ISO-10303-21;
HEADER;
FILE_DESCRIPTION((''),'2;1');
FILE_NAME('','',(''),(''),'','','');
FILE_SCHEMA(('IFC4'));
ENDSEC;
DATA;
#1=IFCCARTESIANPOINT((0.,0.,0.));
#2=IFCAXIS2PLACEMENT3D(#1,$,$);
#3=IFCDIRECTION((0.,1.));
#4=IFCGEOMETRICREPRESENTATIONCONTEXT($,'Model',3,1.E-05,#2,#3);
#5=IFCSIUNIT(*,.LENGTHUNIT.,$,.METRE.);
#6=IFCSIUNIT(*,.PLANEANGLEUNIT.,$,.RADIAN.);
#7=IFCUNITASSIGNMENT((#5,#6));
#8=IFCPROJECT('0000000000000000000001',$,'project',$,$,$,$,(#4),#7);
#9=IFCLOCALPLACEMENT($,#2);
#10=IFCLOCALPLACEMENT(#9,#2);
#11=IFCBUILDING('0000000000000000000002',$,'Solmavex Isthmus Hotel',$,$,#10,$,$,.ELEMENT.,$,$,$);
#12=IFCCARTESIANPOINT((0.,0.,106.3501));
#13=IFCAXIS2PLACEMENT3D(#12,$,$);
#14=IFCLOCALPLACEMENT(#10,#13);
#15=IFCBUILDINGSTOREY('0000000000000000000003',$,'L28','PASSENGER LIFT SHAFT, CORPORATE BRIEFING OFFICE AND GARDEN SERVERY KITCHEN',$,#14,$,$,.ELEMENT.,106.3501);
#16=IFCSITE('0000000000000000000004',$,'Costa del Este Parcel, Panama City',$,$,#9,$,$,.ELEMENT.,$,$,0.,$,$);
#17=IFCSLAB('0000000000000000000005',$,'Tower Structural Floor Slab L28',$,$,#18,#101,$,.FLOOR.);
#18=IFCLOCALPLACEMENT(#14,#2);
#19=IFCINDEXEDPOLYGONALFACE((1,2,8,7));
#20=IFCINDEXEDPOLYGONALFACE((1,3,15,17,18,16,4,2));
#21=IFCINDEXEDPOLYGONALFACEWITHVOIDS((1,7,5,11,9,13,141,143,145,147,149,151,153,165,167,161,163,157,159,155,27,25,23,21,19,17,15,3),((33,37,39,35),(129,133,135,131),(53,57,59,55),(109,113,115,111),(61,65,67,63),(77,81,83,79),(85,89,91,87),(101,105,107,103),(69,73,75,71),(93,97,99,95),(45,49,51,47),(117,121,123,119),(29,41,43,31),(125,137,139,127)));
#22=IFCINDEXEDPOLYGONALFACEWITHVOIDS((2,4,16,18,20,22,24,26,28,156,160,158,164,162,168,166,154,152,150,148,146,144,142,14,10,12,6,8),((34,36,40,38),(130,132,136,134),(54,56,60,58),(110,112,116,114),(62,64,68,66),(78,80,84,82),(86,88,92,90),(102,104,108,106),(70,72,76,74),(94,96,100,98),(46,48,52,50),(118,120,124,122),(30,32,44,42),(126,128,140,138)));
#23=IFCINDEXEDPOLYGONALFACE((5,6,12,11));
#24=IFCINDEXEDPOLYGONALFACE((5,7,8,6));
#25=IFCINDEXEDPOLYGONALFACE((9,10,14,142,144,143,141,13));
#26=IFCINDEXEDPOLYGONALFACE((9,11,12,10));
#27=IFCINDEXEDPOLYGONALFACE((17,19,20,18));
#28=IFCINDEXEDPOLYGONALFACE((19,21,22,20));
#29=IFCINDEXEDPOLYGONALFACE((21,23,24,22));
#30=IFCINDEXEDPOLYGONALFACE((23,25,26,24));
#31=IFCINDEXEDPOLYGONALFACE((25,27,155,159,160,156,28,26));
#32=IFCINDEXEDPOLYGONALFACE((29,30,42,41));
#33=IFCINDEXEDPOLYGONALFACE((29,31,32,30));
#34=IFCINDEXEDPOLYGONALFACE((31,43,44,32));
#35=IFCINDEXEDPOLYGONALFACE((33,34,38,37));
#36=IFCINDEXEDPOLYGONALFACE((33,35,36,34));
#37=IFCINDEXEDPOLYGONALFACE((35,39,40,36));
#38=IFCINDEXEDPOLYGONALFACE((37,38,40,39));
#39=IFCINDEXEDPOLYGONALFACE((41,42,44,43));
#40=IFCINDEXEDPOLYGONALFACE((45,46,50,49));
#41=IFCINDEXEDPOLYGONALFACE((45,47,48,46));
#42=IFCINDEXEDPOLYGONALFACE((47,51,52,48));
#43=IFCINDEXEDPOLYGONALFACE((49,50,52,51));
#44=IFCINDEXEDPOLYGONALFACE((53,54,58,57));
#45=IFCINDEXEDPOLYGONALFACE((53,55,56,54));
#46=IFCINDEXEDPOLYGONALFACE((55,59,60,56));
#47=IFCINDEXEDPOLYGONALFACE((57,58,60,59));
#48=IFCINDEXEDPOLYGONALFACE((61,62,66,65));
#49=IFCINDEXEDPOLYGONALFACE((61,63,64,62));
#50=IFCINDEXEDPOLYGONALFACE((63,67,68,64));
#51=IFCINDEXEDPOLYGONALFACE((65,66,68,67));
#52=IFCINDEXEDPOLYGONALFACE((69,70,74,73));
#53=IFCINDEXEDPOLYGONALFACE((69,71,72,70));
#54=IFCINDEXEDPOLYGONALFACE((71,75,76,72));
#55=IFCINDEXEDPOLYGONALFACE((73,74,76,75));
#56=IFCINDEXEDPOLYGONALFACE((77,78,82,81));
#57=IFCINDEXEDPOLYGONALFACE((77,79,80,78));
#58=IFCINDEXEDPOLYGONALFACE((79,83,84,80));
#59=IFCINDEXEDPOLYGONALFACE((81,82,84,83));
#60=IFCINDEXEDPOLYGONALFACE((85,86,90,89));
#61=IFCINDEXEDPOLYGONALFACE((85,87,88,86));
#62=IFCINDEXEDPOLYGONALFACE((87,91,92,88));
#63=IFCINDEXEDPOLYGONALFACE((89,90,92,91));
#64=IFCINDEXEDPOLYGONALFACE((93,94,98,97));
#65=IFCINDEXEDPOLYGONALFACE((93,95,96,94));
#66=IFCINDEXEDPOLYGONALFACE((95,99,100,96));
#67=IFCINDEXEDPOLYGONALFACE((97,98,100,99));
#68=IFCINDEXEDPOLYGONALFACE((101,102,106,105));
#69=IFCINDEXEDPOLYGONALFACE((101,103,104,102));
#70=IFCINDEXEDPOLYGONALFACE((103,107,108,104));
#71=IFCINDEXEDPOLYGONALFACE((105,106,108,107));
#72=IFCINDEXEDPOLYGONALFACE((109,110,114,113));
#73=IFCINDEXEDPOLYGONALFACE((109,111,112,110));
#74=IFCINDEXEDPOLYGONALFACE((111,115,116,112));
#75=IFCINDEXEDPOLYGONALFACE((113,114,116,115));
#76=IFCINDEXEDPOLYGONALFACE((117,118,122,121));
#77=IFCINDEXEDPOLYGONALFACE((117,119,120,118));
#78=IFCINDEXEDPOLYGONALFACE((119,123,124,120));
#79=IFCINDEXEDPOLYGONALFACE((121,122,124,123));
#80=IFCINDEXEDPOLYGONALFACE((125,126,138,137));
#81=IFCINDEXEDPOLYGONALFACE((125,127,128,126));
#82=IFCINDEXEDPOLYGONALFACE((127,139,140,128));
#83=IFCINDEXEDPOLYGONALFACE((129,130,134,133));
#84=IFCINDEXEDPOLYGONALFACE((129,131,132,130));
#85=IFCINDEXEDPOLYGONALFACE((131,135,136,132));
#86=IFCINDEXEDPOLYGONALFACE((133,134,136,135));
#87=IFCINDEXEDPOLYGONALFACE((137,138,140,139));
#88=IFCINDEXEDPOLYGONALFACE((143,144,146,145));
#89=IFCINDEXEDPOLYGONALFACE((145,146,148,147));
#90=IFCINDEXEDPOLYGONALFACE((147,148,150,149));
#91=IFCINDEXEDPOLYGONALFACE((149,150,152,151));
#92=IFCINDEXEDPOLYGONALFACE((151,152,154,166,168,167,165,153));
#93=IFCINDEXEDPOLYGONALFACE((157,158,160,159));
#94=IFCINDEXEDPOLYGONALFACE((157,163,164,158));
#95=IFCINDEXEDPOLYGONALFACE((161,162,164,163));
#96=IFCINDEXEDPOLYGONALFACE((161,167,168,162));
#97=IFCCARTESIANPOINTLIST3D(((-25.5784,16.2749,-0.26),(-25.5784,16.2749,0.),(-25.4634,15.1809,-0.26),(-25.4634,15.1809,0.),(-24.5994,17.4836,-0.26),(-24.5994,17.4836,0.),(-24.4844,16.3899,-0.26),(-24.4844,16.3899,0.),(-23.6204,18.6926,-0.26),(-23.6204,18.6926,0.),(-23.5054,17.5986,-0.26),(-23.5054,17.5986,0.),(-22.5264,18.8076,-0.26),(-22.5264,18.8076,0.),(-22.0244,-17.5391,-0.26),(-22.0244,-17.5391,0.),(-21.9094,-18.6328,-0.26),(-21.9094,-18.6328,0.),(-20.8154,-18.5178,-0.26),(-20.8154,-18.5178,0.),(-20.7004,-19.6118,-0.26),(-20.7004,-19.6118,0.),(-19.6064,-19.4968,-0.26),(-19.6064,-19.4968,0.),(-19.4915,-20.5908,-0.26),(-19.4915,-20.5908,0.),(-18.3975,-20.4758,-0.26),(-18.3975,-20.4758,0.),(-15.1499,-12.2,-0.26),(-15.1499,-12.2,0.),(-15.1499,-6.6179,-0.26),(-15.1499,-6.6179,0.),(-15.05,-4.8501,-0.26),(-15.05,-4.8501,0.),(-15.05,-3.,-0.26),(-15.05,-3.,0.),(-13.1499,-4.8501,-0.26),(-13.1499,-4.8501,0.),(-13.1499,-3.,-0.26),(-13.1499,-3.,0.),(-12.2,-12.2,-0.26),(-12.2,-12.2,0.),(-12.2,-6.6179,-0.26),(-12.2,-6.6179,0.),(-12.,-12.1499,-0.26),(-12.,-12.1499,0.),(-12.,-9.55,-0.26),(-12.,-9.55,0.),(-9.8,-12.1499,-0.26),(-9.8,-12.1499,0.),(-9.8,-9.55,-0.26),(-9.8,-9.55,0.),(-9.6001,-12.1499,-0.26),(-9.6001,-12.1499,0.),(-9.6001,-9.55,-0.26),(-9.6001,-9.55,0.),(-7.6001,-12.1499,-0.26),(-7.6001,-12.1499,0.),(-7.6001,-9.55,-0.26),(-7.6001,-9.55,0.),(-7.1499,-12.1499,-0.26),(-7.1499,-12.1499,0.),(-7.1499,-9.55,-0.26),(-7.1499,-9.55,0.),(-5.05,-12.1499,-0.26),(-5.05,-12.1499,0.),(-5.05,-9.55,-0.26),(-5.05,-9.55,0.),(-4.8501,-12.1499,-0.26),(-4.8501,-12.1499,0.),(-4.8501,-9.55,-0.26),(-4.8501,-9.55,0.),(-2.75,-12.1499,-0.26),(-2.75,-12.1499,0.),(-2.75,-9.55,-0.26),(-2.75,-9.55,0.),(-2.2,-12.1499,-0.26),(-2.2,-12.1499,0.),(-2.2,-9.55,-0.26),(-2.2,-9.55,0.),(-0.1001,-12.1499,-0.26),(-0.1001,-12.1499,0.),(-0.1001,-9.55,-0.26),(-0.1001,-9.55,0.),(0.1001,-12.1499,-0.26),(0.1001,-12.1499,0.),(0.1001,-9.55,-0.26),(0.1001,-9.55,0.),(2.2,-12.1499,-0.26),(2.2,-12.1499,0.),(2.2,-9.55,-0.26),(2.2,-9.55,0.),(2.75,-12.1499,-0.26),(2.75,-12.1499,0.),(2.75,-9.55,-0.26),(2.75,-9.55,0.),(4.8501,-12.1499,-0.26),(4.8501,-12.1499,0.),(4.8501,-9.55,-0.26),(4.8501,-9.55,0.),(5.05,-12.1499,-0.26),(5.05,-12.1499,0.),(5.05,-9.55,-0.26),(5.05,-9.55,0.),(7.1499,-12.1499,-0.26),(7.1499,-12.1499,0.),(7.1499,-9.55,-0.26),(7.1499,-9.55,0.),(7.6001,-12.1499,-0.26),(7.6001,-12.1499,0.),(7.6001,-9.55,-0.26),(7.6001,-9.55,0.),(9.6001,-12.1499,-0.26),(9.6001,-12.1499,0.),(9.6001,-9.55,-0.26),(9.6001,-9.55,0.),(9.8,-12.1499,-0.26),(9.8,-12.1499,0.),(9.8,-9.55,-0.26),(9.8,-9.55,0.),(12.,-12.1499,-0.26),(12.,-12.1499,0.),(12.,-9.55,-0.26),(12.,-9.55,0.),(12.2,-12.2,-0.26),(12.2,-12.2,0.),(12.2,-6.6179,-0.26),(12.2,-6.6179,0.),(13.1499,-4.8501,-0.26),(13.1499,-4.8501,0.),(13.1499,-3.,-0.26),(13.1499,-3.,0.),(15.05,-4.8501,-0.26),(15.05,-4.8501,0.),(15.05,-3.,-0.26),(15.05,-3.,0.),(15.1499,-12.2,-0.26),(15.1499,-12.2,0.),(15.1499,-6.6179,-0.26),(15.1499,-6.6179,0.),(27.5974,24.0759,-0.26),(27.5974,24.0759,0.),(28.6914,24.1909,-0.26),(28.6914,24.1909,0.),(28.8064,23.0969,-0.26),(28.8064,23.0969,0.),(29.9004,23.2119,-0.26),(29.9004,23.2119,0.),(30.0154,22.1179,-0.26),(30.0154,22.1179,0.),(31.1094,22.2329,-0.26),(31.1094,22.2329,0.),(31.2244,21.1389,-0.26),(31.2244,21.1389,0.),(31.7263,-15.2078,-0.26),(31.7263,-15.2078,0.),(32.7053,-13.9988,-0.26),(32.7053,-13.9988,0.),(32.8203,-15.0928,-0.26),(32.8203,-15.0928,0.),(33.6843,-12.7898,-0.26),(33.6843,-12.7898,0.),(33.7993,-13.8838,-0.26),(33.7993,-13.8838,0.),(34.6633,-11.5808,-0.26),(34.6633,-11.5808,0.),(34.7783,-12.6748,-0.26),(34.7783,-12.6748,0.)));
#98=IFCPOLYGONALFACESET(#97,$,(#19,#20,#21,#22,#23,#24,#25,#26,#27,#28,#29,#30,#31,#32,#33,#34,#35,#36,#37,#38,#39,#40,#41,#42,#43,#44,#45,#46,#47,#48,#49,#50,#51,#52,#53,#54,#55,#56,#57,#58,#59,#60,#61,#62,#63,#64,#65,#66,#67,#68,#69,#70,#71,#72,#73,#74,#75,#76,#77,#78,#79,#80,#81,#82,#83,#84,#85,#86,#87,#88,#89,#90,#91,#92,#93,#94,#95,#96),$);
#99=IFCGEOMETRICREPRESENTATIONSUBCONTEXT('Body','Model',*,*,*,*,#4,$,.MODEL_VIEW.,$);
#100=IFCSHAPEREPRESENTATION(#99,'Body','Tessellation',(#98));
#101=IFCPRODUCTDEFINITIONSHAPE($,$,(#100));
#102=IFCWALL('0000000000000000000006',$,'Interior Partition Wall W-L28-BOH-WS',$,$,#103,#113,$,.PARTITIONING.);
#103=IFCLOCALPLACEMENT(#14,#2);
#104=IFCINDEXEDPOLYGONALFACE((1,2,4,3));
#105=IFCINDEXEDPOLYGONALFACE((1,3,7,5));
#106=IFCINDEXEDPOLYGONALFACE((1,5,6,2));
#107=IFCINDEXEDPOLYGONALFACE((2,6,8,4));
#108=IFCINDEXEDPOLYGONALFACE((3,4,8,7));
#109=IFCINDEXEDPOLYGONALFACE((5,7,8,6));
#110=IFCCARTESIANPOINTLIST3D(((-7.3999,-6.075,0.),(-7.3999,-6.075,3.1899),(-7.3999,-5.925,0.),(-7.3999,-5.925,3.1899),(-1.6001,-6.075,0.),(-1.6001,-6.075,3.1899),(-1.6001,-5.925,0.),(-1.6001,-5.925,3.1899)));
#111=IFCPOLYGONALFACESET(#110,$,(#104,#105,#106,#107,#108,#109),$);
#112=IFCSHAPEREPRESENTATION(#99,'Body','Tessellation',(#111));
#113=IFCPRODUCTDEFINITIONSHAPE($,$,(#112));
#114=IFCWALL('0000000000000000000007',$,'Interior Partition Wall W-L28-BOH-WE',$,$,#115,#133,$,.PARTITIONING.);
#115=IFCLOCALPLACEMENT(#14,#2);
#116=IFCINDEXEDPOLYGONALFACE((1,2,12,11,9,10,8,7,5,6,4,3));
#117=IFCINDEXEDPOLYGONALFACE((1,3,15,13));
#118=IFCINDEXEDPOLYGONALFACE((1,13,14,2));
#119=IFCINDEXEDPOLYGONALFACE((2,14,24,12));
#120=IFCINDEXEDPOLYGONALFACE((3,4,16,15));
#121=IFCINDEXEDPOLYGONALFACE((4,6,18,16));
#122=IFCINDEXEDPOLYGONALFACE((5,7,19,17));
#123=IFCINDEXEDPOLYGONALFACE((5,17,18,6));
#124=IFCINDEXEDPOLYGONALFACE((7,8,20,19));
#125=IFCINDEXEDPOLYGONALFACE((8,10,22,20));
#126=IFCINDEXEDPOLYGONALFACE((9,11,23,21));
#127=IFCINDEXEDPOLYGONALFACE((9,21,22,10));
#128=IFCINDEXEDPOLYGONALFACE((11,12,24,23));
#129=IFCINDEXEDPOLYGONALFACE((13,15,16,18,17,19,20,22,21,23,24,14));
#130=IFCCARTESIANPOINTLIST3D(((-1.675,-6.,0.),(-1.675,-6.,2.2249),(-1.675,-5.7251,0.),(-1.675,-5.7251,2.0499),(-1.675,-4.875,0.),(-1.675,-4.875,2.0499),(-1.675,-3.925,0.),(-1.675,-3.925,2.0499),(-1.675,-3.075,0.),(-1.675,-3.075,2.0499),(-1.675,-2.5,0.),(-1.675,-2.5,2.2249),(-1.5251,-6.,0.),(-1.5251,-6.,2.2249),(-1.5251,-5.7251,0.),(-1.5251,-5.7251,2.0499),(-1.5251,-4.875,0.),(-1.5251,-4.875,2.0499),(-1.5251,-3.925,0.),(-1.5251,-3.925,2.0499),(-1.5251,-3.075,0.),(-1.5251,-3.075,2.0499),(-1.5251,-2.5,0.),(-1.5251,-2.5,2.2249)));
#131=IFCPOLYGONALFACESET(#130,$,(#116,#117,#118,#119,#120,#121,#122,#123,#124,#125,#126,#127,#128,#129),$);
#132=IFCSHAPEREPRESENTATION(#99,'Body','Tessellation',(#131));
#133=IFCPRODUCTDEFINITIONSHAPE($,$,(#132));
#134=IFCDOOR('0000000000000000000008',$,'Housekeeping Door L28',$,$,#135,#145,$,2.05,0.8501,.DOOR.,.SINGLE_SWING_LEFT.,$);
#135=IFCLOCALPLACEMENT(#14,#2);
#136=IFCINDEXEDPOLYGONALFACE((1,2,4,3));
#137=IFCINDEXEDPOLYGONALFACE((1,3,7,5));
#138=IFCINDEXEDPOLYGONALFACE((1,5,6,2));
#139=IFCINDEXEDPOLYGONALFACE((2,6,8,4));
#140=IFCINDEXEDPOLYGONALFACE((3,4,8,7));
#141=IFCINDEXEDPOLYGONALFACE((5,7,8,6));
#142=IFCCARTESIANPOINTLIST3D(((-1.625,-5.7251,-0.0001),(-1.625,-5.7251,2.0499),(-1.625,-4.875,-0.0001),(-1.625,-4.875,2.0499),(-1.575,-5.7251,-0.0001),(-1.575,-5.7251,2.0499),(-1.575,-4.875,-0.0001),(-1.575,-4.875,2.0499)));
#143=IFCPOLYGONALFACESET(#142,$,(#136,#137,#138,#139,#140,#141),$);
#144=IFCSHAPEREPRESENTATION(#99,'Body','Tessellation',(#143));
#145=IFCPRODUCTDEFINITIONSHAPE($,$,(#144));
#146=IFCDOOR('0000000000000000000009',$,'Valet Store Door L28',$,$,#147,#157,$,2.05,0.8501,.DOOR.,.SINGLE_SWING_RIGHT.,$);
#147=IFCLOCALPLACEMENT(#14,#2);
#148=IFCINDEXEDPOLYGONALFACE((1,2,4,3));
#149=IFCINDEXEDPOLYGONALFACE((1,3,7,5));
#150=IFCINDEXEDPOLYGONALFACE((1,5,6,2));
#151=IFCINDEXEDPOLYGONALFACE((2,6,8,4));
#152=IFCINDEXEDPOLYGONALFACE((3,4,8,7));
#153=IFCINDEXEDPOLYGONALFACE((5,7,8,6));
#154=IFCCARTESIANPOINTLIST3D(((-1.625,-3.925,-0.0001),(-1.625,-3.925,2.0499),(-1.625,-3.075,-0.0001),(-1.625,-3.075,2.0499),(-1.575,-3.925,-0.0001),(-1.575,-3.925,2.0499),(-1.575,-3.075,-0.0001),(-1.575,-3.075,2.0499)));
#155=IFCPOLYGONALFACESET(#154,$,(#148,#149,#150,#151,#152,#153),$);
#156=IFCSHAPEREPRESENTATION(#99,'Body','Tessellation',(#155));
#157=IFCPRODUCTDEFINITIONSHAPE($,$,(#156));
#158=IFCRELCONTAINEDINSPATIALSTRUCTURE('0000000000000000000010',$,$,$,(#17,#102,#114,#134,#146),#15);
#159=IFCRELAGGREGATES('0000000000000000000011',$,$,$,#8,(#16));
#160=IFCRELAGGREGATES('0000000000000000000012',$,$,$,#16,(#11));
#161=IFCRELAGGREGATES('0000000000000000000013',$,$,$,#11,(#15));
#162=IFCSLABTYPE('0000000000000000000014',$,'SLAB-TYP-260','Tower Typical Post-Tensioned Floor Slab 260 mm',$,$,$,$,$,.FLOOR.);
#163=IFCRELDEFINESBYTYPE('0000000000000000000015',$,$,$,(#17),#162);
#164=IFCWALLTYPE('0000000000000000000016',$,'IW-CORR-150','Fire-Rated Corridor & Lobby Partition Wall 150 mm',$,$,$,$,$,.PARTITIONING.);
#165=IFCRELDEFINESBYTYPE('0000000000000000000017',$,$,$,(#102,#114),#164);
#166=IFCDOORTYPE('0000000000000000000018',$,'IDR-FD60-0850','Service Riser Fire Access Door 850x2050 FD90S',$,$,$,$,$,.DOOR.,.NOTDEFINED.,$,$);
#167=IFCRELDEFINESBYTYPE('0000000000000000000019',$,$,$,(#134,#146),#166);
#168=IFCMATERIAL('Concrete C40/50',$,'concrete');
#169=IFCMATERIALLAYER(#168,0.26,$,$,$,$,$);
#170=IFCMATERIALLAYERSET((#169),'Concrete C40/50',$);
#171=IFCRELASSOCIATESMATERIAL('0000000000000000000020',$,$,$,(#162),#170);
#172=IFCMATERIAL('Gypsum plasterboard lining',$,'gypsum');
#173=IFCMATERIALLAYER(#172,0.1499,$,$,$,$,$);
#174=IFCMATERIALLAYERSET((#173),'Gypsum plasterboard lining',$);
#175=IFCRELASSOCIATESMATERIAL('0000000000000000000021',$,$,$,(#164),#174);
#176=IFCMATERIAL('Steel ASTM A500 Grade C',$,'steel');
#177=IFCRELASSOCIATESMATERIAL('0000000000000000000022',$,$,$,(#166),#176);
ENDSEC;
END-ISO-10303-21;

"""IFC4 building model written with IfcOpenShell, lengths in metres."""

from ifc_helpers import new_model, si_unit, direction, frame, frame_2d, origin, place, context, subcontext, project, spatial, polyline, rectangle, outline, extrude, material, layer, layer_set, type_object, element, fill, save


model = new_model("IFC4")

# Units and contexts
model_context = context("Model", 3, precision=1e-05, world=origin(), true_north=direction((0.0, 1.0)))
body_context = subcontext(model_context, "Body", "Model", "MODEL_VIEW")
ifc_project = project(units=[si_unit("LENGTHUNIT", "METRE"), si_unit("PLANEANGLEUNIT", "RADIAN")], contexts=[model_context])

# Site, building, storey
site_placement = place(None, origin())
site = spatial("IfcSite", under=ifc_project, at=site_placement, Name="Costa del Este Parcel, Panama City", CompositionType="ELEMENT", RefElevation=0.0)
building_placement = place(site_placement, origin())
building = spatial("IfcBuilding", under=site, at=building_placement, Name="Solmavex Isthmus Hotel", CompositionType="ELEMENT")
storey_placement = place(building_placement, frame((0.0, 0.0, 106.3501)))
storey = spatial("IfcBuildingStorey", under=building, at=storey_placement, Name="L28", Description="PASSENGER LIFT SHAFT, CORPORATE BRIEFING OFFICE AND GARDEN SERVERY KITCHEN", CompositionType="ELEMENT", Elevation=106.3501)

# Slab
ifc_material_1 = material(Name="Concrete C40/50", Category="concrete")
ifc_layer_1 = layer(ifc_material_1, 0.26)
ifc_layer_set_1 = layer_set([ifc_layer_1], Name="Concrete C40/50")
slab_type_1 = type_object("IfcSlabType", Name="SLAB-TYP-260", Description="Tower Typical Post-Tensioned Floor Slab 260 mm", PredefinedType="FLOOR", material=ifc_layer_set_1)
slab_1_placement = place(storey_placement, frame((0.0, 0.0, -0.26)))
element("IfcSlab", 1, at=slab_1_placement, inside=storey, type_object=slab_type_1, Name="Tower Structural Floor Slab L28", PredefinedType="FLOOR", context=body_context, shape_type="SweptSolid", body=[
    extrude(outline(polyline([(-18.3975, -20.4758), (31.7263, -15.2078), (32.8203, -15.0928), (32.7053, -13.9988), (33.7993, -13.8838), (33.6843, -12.7898), (34.7783, -12.6748), (34.6633, -11.5808), (31.2244, 21.1389), (31.1094, 22.2329), (30.0154, 22.1179), (29.9004, 23.2119), (28.8064, 23.0969), (28.6914, 24.1909), (27.5974, 24.0759), (-22.5264, 18.8076), (-23.6204, 18.6926), (-23.5054, 17.5986), (-24.5994, 17.4836), (-24.4844, 16.3899), (-25.5784, 16.2749), (-25.4634, 15.1809), (-22.0244, -17.5391), (-21.9094, -18.6328), (-20.8154, -18.5178), (-20.7004, -19.6118), (-19.6064, -19.4968), (-19.4915, -20.5908), (-18.3975, -20.4758)]), holes=[polyline([(-15.1499, -6.6179), (-15.1499, -12.2), (-12.2, -12.2), (-12.2, -6.6179), (-15.1499, -6.6179)]), polyline([(12.2, -6.6179), (12.2, -12.2), (15.1499, -12.2), (15.1499, -6.6179), (12.2, -6.6179)]), polyline([(-12.0, -12.1499), (-9.8, -12.1499), (-9.8, -9.55), (-12.0, -9.55), (-12.0, -12.1499)]), polyline([(9.8, -12.1499), (12.0, -12.1499), (12.0, -9.55), (9.8, -9.55), (9.8, -12.1499)]), polyline([(-9.6001, -12.1499), (-7.6001, -12.1499), (-7.6001, -9.55), (-9.6001, -9.55), (-9.6001, -12.1499)]), polyline([(7.6001, -12.1499), (9.6001, -12.1499), (9.6001, -9.55), (7.6001, -9.55), (7.6001, -12.1499)]), polyline([(-7.1499, -12.1499), (-5.05, -12.1499), (-5.05, -9.55), (-7.1499, -9.55), (-7.1499, -12.1499)]), polyline([(-4.8501, -12.1499), (-2.75, -12.1499), (-2.75, -9.55), (-4.8501, -9.55), (-4.8501, -12.1499)]), polyline([(-2.2, -12.1499), (-0.1001, -12.1499), (-0.1001, -9.55), (-2.2, -9.55), (-2.2, -12.1499)]), polyline([(0.1001, -12.1499), (2.2, -12.1499), (2.2, -9.55), (0.1001, -9.55), (0.1001, -12.1499)]), polyline([(2.75, -12.1499), (4.8501, -12.1499), (4.8501, -9.55), (2.75, -9.55), (2.75, -12.1499)]), polyline([(5.05, -12.1499), (7.1499, -12.1499), (7.1499, -9.55), (5.05, -9.55), (5.05, -12.1499)]), polyline([(-15.05, -4.8501), (-13.1499, -4.8501), (-13.1499, -3.0), (-15.05, -3.0), (-15.05, -4.8501)]), polyline([(13.1499, -4.8501), (15.05, -4.8501), (15.05, -3.0), (13.1499, -3.0), (13.1499, -4.8501)])]), origin(), (0.0, 0.0, 1.0), 0.26),
])

# Wall
ifc_material_2 = material(Name="Gypsum plasterboard lining", Category="gypsum")
ifc_layer_2 = layer(ifc_material_2, 0.1499)
ifc_layer_set_2 = layer_set([ifc_layer_2], Name="Gypsum plasterboard lining")
wall_type_1 = type_object("IfcWallType", Name="IW-CORR-150", Description="Fire-Rated Corridor & Lobby Partition Wall 150 mm", PredefinedType="PARTITIONING", material=ifc_layer_set_2)
wall_1_placement = place(storey_placement, frame((-7.3999, -6.0, 0.0), z_axis=(0.0, 0.0, 1.0), x_axis=(1.0, 0.0, 0.0)))
element("IfcWall", 2, at=wall_1_placement, inside=storey, type_object=wall_type_1, Name="Interior Partition Wall W-L28-BOH-WS", PredefinedType="PARTITIONING", context=body_context, shape_type="SweptSolid", body=[
    extrude(rectangle(XDim=5.7998, YDim=0.1499, at=frame_2d((2.8999, 0.0))), origin(), (0.0, 0.0, 1.0), 3.1899),
])

# Wall, openings, doors
wall_2_placement = place(storey_placement, frame((-1.6001, -6.0, 0.0), z_axis=(0.0, 0.0, 1.0), x_axis=(0.0, 1.0, 0.0)))
wall_2 = element("IfcWall", 3, at=wall_2_placement, inside=storey, type_object=wall_type_1, Name="Interior Partition Wall W-L28-BOH-WE", PredefinedType="PARTITIONING", context=body_context, shape_type="SweptSolid", body=[
    extrude(rectangle(XDim=3.5, YDim=0.1499, at=frame_2d((1.75, 0.0))), origin(), (0.0, 0.0, 1.0), 2.2249),
])
opening_1_placement = place(wall_2_placement, frame((0.2749, 0.0, 0.0)))
opening_1 = element("IfcOpeningElement", 4, at=opening_1_placement, cuts=wall_2, PredefinedType="OPENING", context=body_context, shape_type="SweptSolid", body=[
    extrude(rectangle(XDim=0.8501, YDim=2.05, at=frame_2d((0.425, 1.0249))), frame((0.0, 0.085, 0.0), z_axis=(0.0, -1.0, 0.0), x_axis=(1.0, 0.0, 0.0)), (0.0, 0.0, 1.0), 0.1699),
])
opening_2_placement = place(wall_2_placement, frame((2.075, 0.0, 0.0)))
opening_2 = element("IfcOpeningElement", 5, at=opening_2_placement, cuts=wall_2, PredefinedType="OPENING", context=body_context, shape_type="SweptSolid", body=[
    extrude(rectangle(XDim=0.8501, YDim=2.05, at=frame_2d((0.425, 1.0249))), frame((0.0, 0.085, 0.0), z_axis=(0.0, -1.0, 0.0), x_axis=(1.0, 0.0, 0.0)), (0.0, 0.0, 1.0), 0.1699),
])
ifc_material_3 = material(Name="Steel ASTM A500 Grade C", Category="steel")
door_type_1 = type_object("IfcDoorType", Name="IDR-FD60-0850", Description="Service Riser Fire Access Door 850x2050 FD90S", OperationType="NOTDEFINED", PredefinedType="DOOR", material=ifc_material_3)
door_1_placement = place(opening_1_placement, origin())
door_1 = element("IfcDoor", 6, at=door_1_placement, inside=storey, type_object=door_type_1, Name="Housekeeping Door L28", OperationType="SINGLE_SWING_LEFT", OverallHeight=2.05, OverallWidth=0.8501, PredefinedType="DOOR", context=body_context, shape_type="SweptSolid", body=[
    extrude(rectangle(XDim=0.8501, YDim=2.05, at=frame_2d((0.425, 1.0249))), frame((0.0, 0.0249, 0.0), z_axis=(0.0, -1.0, 0.0), x_axis=(1.0, 0.0, 0.0)), (0.0, 0.0, 1.0), 0.05),
])
fill(opening_1, door_1)
door_2_placement = place(opening_2_placement, origin())
door_2 = element("IfcDoor", 7, at=door_2_placement, inside=storey, type_object=door_type_1, Name="Valet Store Door L28", OperationType="SINGLE_SWING_RIGHT", OverallHeight=2.05, OverallWidth=0.8501, PredefinedType="DOOR", context=body_context, shape_type="SweptSolid", body=[
    extrude(rectangle(XDim=0.8501, YDim=2.05, at=frame_2d((0.425, 1.0249))), frame((0.0, 0.0249, 0.0), z_axis=(0.0, -1.0, 0.0), x_axis=(1.0, 0.0, 0.0)), (0.0, 0.0, 1.0), 0.05),
])
fill(opening_2, door_2)

save(model, "model.ifc")
